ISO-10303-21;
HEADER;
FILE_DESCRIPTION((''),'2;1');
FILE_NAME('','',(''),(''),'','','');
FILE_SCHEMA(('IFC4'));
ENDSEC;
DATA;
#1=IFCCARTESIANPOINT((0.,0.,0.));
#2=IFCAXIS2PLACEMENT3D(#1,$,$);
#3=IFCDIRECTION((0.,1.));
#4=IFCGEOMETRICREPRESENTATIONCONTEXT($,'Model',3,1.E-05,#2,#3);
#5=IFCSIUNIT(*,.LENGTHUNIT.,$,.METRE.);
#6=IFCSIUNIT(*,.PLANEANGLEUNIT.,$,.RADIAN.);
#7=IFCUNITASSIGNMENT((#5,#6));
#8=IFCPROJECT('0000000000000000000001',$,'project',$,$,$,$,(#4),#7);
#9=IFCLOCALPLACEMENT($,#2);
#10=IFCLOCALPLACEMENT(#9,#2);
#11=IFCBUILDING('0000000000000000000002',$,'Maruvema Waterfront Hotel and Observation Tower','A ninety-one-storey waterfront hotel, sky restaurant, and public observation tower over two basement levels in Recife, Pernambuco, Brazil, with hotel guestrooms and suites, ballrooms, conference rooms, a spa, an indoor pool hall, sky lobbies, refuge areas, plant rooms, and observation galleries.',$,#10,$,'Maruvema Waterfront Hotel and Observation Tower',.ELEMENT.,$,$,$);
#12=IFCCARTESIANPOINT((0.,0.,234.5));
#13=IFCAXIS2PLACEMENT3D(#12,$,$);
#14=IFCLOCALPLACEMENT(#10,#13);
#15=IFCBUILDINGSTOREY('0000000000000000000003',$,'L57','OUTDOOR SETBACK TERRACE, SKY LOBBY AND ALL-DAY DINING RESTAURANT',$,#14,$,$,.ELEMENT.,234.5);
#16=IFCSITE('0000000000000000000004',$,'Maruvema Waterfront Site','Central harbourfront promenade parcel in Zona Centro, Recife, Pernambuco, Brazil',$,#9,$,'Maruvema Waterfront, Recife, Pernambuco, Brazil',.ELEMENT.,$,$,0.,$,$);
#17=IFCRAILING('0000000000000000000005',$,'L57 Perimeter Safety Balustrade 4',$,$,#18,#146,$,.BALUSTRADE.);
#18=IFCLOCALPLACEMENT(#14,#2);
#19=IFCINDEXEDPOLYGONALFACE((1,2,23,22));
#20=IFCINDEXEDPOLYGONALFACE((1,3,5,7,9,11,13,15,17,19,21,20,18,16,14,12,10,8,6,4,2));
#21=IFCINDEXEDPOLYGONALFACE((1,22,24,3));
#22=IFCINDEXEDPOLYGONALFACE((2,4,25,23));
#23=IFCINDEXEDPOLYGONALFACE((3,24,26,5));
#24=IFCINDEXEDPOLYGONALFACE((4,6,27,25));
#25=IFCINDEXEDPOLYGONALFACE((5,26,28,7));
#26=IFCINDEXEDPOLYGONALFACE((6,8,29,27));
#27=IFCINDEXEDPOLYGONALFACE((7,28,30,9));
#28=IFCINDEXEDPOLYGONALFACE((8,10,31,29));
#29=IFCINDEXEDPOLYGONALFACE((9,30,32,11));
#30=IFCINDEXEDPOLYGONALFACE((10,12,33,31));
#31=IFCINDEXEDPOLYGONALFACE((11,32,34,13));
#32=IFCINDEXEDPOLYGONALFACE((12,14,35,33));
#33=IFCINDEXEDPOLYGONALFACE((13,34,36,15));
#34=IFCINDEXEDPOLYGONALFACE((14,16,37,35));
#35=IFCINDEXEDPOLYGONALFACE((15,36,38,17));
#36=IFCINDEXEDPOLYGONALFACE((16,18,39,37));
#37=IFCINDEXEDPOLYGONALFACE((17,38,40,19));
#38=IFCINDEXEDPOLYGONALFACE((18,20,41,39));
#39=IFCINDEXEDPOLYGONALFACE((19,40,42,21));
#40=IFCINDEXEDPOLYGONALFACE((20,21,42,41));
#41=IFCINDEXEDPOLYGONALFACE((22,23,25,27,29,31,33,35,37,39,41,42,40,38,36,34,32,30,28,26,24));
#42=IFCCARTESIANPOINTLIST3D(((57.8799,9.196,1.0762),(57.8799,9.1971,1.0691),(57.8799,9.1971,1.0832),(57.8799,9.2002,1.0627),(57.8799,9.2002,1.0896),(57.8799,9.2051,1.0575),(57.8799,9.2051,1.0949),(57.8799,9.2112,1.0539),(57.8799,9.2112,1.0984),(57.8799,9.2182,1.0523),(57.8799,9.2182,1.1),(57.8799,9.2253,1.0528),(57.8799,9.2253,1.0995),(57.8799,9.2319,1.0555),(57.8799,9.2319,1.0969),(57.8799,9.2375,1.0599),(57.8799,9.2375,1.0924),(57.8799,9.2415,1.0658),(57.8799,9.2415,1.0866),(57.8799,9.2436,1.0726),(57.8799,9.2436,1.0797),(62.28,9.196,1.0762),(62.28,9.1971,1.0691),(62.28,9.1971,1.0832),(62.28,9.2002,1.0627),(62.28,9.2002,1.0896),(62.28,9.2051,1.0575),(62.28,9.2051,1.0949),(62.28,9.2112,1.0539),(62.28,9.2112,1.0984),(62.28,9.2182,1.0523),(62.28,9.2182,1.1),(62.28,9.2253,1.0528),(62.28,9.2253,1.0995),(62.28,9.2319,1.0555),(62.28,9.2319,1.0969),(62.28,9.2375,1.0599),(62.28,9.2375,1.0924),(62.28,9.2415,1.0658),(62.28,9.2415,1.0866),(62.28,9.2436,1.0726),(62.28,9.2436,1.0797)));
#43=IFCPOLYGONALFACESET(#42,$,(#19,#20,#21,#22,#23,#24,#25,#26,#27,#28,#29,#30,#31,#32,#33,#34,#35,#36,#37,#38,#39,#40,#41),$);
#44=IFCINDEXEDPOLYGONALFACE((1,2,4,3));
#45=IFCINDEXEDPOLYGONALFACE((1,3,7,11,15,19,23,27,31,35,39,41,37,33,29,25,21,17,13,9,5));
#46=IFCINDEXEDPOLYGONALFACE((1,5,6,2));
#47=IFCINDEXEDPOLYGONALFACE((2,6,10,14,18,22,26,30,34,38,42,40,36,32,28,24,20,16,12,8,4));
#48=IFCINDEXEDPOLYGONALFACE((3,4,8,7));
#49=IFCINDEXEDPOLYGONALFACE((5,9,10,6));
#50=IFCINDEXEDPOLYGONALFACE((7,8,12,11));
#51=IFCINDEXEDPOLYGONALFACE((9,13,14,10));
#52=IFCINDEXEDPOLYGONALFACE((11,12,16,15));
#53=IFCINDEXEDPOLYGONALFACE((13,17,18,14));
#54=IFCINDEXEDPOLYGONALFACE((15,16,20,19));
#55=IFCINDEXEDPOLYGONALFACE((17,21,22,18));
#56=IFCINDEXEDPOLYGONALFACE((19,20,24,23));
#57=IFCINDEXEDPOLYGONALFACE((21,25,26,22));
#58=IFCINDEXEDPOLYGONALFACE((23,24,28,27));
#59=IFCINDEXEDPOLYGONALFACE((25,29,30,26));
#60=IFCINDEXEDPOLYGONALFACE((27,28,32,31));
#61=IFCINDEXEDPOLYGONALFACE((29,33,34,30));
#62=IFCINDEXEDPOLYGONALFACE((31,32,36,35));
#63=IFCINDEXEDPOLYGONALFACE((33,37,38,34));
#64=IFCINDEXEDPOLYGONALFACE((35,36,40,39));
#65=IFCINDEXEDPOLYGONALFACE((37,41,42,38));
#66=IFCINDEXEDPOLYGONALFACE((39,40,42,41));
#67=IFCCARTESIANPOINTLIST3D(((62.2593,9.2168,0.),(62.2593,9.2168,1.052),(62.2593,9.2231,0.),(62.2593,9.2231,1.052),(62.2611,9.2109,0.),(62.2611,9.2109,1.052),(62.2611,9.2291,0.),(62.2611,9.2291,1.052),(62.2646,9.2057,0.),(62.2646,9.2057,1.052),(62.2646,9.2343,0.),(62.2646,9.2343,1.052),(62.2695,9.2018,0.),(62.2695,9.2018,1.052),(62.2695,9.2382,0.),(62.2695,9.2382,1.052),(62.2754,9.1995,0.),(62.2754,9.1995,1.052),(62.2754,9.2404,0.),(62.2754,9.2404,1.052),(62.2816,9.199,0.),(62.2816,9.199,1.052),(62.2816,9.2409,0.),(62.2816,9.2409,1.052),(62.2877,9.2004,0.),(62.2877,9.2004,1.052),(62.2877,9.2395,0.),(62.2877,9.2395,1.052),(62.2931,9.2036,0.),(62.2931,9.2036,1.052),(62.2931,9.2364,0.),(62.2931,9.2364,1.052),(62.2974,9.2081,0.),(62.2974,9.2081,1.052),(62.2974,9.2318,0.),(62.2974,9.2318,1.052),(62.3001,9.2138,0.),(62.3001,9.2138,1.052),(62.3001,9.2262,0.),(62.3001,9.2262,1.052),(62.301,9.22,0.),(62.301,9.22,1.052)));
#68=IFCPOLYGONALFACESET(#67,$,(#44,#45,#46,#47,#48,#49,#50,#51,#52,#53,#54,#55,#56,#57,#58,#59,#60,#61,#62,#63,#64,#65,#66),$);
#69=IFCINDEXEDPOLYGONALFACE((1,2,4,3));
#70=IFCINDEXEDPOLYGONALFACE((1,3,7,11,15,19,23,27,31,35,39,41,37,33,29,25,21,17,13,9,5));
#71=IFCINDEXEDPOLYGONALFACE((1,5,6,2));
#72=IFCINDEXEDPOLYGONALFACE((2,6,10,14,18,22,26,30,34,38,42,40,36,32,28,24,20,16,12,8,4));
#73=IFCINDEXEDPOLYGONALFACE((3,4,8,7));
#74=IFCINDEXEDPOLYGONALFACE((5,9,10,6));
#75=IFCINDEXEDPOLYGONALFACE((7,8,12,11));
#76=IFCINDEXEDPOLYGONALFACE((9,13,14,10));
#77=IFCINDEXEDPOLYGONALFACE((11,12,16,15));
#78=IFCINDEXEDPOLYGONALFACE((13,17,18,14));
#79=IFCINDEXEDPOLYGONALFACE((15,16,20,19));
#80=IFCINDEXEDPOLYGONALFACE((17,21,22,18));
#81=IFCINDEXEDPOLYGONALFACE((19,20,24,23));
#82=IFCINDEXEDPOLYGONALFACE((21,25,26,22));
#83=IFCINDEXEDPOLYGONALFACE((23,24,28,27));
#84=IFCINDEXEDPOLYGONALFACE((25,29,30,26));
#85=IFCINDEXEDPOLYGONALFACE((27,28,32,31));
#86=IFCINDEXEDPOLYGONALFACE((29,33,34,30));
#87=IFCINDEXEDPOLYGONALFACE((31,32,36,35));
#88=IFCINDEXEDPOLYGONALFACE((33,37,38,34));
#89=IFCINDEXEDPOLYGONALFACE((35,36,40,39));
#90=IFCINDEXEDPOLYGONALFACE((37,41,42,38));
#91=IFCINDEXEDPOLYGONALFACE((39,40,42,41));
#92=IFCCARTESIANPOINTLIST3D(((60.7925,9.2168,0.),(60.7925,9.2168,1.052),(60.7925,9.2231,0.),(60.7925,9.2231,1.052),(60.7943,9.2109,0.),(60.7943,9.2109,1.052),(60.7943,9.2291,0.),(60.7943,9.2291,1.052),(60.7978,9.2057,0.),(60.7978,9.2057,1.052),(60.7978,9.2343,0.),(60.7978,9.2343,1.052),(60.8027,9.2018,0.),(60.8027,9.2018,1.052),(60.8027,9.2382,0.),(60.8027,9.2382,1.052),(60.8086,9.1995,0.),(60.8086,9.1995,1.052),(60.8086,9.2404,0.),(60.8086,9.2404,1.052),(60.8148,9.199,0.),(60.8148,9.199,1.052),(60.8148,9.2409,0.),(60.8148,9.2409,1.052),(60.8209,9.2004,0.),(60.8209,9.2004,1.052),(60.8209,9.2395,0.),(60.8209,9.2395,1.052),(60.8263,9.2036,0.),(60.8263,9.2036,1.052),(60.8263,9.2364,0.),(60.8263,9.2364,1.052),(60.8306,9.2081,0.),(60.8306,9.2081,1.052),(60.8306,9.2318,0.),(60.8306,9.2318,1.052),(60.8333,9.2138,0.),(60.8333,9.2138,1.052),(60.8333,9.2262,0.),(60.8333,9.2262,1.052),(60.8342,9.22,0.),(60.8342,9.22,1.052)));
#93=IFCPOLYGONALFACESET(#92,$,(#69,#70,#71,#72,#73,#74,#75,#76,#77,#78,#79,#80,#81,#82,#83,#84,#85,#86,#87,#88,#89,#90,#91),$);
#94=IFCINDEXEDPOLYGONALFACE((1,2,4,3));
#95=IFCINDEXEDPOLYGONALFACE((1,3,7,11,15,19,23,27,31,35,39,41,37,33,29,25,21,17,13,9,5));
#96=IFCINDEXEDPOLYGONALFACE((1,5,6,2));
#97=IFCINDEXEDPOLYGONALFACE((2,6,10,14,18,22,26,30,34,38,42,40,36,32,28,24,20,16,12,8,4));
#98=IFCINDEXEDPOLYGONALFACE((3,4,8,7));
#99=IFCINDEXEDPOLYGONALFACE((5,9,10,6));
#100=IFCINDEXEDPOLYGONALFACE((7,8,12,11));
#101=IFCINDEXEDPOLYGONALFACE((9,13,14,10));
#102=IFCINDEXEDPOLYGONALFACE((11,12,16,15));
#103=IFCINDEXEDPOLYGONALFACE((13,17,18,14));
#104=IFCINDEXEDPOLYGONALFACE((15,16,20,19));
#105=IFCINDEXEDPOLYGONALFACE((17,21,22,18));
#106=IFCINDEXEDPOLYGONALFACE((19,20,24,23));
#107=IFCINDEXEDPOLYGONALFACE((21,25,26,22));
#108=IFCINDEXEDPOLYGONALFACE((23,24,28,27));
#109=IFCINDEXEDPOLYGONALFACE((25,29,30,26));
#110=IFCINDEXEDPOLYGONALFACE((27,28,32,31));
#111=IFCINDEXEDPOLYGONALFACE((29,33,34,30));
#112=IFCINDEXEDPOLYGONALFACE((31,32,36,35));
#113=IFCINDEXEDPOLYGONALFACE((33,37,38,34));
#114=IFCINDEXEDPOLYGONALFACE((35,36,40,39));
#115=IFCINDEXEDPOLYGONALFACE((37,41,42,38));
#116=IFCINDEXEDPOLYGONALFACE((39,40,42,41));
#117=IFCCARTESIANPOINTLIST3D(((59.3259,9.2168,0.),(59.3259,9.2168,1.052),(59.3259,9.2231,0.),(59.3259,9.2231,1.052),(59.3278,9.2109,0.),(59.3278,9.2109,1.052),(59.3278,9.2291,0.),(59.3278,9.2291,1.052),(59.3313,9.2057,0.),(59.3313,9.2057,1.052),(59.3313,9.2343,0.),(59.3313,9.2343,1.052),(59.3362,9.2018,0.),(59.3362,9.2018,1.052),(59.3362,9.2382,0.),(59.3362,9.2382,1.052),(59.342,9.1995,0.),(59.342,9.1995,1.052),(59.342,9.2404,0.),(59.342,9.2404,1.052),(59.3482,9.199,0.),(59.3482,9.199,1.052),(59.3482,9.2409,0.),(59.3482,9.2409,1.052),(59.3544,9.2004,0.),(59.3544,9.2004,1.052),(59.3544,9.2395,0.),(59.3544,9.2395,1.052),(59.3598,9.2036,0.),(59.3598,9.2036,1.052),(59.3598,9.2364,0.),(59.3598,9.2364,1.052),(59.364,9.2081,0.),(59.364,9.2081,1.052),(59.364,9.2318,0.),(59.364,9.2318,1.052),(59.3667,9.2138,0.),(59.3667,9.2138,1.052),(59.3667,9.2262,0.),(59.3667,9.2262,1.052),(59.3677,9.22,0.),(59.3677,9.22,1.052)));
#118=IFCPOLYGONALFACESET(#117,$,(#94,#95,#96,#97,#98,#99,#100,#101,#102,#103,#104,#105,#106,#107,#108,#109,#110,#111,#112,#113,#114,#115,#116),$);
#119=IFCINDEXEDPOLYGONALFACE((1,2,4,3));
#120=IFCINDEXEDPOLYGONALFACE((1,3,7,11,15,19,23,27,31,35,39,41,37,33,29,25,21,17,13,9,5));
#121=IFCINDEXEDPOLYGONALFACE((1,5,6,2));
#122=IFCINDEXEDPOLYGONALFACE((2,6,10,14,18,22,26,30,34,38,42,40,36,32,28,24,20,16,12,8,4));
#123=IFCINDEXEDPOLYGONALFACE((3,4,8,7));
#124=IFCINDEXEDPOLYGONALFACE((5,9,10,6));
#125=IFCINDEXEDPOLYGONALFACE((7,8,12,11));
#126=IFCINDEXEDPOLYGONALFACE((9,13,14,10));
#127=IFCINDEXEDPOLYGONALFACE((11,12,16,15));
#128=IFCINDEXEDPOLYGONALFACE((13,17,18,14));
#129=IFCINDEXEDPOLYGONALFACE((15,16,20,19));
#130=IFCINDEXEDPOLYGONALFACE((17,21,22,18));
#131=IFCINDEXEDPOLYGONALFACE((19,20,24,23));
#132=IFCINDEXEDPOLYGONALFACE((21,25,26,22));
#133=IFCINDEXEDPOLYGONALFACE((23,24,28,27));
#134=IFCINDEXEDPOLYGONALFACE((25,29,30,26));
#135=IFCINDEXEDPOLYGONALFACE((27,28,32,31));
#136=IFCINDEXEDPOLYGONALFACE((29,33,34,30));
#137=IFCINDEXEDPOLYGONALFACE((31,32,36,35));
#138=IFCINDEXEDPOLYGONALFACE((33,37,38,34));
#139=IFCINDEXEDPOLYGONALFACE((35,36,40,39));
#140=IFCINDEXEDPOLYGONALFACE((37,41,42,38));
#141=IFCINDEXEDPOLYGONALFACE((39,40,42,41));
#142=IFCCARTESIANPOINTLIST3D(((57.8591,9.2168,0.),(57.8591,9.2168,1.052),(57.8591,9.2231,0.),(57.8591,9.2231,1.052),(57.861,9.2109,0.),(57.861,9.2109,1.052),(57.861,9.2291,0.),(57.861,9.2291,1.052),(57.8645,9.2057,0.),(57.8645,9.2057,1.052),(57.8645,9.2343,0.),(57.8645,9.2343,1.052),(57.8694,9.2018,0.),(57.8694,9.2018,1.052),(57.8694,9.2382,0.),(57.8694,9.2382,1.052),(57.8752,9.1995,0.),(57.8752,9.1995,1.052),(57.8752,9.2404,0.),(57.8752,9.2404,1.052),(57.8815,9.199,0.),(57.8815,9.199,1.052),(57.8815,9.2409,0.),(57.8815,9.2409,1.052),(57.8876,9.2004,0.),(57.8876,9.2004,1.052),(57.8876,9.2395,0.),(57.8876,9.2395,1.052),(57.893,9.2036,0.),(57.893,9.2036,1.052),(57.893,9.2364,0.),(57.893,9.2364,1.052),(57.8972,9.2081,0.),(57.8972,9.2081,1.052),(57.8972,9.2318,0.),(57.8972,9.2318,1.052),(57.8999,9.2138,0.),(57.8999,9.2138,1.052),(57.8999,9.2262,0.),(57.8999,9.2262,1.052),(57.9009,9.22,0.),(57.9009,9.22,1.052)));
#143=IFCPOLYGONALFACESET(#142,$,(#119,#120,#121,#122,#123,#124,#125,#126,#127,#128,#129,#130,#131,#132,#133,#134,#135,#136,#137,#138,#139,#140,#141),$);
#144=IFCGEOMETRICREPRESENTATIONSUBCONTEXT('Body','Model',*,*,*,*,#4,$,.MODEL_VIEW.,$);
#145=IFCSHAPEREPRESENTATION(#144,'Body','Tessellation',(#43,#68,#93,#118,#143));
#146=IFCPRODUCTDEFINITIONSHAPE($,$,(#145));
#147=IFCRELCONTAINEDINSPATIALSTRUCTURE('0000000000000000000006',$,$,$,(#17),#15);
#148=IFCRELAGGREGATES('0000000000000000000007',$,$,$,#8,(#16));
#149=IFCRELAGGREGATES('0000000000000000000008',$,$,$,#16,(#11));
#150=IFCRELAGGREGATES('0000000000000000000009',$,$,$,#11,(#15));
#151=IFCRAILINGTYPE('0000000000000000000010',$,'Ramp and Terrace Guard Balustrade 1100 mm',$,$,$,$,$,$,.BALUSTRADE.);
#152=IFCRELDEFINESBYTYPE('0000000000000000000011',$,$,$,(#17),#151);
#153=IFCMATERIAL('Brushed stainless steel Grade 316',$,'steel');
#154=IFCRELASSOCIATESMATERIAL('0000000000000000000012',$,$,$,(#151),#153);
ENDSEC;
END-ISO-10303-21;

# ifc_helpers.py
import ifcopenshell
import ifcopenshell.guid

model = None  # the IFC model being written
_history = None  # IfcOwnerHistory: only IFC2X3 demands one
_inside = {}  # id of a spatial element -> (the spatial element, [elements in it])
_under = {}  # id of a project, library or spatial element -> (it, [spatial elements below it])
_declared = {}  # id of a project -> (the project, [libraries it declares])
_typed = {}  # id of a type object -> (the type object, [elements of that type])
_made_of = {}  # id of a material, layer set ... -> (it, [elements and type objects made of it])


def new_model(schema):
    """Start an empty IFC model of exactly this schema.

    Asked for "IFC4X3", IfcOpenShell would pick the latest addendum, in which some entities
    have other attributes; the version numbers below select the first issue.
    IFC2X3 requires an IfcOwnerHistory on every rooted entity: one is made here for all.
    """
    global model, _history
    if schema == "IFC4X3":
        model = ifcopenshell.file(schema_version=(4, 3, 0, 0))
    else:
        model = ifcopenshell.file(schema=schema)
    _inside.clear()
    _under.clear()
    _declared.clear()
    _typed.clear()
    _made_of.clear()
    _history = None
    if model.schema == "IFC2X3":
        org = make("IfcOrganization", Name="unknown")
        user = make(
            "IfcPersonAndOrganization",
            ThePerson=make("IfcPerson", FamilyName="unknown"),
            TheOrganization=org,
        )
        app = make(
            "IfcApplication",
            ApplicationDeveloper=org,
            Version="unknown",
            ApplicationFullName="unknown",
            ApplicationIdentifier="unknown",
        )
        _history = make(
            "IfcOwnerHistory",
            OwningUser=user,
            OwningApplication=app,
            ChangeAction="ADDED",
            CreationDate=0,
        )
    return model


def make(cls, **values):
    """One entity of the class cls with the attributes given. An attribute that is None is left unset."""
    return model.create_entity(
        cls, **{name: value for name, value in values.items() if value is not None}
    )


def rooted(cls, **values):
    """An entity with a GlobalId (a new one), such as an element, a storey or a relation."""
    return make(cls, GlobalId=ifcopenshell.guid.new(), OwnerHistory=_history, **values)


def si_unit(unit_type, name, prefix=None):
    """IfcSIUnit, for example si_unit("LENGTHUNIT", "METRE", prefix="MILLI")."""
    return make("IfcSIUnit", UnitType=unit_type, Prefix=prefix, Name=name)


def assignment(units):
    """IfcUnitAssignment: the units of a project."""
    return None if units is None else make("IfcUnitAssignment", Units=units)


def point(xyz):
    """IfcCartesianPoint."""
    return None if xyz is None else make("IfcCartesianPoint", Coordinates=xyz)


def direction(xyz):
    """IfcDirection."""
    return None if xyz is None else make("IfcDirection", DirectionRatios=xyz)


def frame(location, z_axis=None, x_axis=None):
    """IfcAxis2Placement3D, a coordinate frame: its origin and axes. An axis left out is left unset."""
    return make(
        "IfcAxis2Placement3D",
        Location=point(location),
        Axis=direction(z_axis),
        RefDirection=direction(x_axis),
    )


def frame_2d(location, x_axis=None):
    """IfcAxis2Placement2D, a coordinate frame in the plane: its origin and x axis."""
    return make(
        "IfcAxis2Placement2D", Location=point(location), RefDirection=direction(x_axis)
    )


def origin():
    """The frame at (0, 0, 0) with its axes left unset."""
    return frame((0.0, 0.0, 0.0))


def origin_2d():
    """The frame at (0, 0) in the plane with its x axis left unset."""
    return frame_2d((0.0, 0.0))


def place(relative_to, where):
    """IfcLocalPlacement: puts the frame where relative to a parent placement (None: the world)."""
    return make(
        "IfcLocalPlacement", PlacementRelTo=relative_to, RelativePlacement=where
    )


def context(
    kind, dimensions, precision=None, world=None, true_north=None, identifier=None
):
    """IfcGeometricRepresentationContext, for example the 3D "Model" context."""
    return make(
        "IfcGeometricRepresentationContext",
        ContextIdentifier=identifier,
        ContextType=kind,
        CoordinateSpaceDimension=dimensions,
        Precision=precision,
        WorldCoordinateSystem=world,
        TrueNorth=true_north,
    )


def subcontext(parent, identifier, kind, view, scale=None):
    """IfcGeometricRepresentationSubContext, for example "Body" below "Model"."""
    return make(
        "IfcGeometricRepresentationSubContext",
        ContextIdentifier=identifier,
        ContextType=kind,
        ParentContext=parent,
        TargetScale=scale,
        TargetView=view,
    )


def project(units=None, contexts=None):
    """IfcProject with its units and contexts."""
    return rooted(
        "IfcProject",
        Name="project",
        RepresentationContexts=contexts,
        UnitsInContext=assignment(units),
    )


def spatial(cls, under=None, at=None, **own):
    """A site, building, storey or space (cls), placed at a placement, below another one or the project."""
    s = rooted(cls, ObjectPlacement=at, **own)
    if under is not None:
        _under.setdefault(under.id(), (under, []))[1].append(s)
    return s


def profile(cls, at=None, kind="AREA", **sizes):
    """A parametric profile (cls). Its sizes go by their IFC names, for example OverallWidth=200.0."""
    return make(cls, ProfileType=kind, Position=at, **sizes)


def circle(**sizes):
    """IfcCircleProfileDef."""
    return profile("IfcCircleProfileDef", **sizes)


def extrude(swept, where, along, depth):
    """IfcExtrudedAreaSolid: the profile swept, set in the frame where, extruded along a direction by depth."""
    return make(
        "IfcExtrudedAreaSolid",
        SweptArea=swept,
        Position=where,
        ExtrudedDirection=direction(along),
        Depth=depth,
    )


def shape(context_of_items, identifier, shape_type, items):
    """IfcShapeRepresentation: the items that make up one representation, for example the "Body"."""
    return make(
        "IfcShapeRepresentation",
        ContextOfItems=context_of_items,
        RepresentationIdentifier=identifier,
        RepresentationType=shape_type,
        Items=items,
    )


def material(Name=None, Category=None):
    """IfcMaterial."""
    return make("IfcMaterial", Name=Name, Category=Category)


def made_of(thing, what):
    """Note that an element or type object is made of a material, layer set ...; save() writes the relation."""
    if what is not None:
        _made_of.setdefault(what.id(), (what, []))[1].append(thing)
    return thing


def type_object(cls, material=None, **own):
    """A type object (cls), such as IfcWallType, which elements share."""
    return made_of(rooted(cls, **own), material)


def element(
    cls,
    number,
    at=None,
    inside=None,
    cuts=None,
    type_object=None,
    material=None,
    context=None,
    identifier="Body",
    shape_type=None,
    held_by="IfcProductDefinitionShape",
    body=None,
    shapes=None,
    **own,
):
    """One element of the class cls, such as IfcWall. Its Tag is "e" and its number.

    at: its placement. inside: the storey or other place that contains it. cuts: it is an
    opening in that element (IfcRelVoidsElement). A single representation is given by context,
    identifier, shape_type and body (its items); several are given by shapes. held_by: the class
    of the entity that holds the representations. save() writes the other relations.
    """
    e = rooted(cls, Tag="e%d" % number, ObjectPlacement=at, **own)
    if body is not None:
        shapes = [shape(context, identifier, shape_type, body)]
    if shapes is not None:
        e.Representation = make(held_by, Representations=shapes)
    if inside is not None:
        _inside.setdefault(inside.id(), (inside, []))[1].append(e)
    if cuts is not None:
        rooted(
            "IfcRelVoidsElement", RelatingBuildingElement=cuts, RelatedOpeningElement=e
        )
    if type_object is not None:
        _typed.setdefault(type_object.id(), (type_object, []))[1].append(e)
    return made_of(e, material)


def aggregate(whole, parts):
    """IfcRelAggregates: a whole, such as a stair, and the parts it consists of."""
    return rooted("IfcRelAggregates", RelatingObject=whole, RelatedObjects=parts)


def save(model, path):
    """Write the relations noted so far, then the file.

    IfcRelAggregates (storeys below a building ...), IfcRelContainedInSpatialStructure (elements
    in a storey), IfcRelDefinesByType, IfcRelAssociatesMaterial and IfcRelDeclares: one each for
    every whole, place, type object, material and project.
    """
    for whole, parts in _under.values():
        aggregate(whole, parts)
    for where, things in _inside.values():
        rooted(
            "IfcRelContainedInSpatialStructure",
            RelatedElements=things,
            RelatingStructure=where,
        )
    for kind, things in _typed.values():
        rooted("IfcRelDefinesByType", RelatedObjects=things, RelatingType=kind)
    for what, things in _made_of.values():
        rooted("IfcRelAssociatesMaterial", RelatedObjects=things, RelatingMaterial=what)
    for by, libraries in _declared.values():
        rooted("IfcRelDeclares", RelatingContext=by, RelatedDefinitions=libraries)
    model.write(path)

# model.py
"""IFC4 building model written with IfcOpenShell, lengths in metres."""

from ifc_helpers import new_model, si_unit, direction, frame, origin, origin_2d, place, context, subcontext, project, spatial, circle, extrude, material, type_object, element, save


model = new_model("IFC4")

# Units and contexts
model_context = context("Model", 3, precision=1e-05, world=origin(), true_north=direction((0.0, 1.0)))
body_context = subcontext(model_context, "Body", "Model", "MODEL_VIEW")
ifc_project = project(units=[si_unit("LENGTHUNIT", "METRE"), si_unit("PLANEANGLEUNIT", "RADIAN")], contexts=[model_context])

# Site, building, storey
site_placement = place(None, origin())
site = spatial("IfcSite", under=ifc_project, at=site_placement, Name="Maruvema Waterfront Site", Description="Central harbourfront promenade parcel in Zona Centro, Recife, Pernambuco, Brazil", LongName="Maruvema Waterfront, Recife, Pernambuco, Brazil", CompositionType="ELEMENT", RefElevation=0.0)
building_placement = place(site_placement, origin())
building = spatial("IfcBuilding", under=site, at=building_placement, Name="Maruvema Waterfront Hotel and Observation Tower", Description="A ninety-one-storey waterfront hotel, sky restaurant, and public observation tower over two basement levels in Recife, Pernambuco, Brazil, with hotel guestrooms and suites, ballrooms, conference rooms, a spa, an indoor pool hall, sky lobbies, refuge areas, plant rooms, and observation galleries.", LongName="Maruvema Waterfront Hotel and Observation Tower", CompositionType="ELEMENT")
storey_placement = place(building_placement, frame((0.0, 0.0, 234.5)))
storey = spatial("IfcBuildingStorey", under=building, at=storey_placement, Name="L57", Description="OUTDOOR SETBACK TERRACE, SKY LOBBY AND ALL-DAY DINING RESTAURANT", CompositionType="ELEMENT", Elevation=234.5)

# Railing
ifc_material_1 = material(Name="Brushed stainless steel Grade 316", Category="steel")
railing_type = type_object("IfcRailingType", Name="Ramp and Terrace Guard Balustrade 1100 mm", PredefinedType="BALUSTRADE", material=ifc_material_1)
railing_1_placement = place(storey_placement, frame((62.28, 9.22, 0.0)))
element("IfcRailing", 1, at=railing_1_placement, inside=storey, type_object=railing_type, Name="L57 Perimeter Safety Balustrade 4", PredefinedType="BALUSTRADE", context=body_context, shape_type="SweptSolid", body=[
    extrude(circle(Radius=0.0239, at=origin_2d()), frame((0.0, 0.0, 1.0762), z_axis=(-1.0, 0.0, 0.0), x_axis=(0.0, -1.0, 0.0)), (0.0, 0.0, 1.0), 4.4001),
    extrude(circle(Radius=0.021, at=origin_2d()), origin(), (0.0, 0.0, 1.0), 1.052),
    extrude(circle(Radius=0.021, at=origin_2d()), frame((-1.4668, 0.0, 0.0)), (0.0, 0.0, 1.0), 1.052),
    extrude(circle(Radius=0.021, at=origin_2d()), frame((-2.9333, 0.0, 0.0)), (0.0, 0.0, 1.0), 1.052),
    extrude(circle(Radius=0.021, at=origin_2d()), frame((-4.4001, 0.0, 0.0)), (0.0, 0.0, 1.0), 1.052),
])

save(model, "model.ifc")
